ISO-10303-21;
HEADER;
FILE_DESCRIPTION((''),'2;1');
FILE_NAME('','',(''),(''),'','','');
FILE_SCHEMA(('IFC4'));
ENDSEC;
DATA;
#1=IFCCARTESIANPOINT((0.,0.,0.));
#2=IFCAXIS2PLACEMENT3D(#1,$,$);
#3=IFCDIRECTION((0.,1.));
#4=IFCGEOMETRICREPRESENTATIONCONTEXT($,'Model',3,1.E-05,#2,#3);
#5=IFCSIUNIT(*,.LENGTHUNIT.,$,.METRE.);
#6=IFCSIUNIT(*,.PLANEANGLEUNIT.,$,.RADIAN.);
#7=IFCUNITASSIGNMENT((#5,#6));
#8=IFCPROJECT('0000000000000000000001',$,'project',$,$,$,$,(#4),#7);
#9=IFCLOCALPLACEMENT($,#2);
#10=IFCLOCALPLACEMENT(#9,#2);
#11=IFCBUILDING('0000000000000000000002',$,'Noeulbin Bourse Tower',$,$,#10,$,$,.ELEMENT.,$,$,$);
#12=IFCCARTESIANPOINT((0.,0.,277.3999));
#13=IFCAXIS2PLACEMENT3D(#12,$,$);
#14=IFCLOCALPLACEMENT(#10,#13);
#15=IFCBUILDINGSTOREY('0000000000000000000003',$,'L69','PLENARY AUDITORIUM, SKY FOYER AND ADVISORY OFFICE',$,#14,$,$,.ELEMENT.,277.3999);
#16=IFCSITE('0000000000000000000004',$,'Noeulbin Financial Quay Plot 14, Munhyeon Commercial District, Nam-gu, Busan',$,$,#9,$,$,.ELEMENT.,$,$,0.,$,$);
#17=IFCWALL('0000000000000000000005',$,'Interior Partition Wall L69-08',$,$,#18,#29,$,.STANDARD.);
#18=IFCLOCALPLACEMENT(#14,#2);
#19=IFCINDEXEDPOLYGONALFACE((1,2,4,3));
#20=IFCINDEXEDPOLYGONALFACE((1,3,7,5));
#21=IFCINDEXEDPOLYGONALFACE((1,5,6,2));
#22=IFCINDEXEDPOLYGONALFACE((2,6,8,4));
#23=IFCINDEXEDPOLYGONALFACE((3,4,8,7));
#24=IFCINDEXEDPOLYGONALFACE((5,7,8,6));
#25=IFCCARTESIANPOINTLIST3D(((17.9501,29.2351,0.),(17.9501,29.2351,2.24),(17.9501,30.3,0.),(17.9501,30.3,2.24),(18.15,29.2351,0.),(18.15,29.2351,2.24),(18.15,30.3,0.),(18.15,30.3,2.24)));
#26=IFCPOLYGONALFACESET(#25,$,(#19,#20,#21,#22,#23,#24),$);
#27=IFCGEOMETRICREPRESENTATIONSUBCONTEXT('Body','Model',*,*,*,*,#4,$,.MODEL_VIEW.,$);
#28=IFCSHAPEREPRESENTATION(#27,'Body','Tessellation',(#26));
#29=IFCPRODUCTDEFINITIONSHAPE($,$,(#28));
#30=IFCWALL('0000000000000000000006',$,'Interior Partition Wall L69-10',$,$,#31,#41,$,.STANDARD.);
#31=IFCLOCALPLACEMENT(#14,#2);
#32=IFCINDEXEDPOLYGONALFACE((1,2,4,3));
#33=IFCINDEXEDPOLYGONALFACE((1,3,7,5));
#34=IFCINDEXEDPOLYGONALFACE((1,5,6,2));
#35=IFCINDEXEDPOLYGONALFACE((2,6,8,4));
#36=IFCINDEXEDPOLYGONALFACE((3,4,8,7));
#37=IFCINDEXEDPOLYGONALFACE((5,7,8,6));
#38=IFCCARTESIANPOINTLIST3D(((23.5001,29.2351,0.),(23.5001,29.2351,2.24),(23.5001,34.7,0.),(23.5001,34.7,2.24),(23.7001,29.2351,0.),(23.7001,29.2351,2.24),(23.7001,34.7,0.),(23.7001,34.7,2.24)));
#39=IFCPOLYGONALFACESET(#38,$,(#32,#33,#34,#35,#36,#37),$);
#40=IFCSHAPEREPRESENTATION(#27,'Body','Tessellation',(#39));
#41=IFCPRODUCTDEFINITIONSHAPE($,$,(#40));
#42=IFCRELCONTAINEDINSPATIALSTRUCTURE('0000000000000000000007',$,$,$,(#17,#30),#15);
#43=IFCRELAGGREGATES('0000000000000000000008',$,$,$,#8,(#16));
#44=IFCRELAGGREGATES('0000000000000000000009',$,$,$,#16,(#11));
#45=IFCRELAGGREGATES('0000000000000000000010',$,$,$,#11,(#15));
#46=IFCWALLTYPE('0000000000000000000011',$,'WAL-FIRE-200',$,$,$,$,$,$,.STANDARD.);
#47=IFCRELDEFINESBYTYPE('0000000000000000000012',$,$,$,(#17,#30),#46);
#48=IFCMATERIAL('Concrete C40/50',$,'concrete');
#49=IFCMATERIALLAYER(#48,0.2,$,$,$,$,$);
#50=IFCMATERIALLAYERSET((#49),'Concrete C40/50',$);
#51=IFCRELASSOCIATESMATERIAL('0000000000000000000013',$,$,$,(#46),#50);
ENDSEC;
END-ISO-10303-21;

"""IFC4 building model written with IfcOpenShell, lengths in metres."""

from ifc_helpers import new_model, si_unit, direction, frame, frame_2d, origin, place, context, subcontext, project, spatial, rectangle, extrude, material, layer, layer_set, type_object, element, save


model = new_model("IFC4")

# Units and contexts
model_context = context("Model", 3, precision=1e-05, world=origin(), true_north=direction((0.0, 1.0)))
body_context = subcontext(model_context, "Body", "Model", "MODEL_VIEW")
ifc_project = project(units=[si_unit("LENGTHUNIT", "METRE"), si_unit("PLANEANGLEUNIT", "RADIAN")], contexts=[model_context])

# Site, building, storey
site_placement = place(None, origin())
site = spatial("IfcSite", under=ifc_project, at=site_placement, Name="Noeulbin Financial Quay Plot 14, Munhyeon Commercial District, Nam-gu, Busan", CompositionType="ELEMENT", RefElevation=0.0)
building_placement = place(site_placement, origin())
building = spatial("IfcBuilding", under=site, at=building_placement, Name="Noeulbin Bourse Tower", CompositionType="ELEMENT")
storey_placement = place(building_placement, frame((0.0, 0.0, 277.3999)))
storey = spatial("IfcBuildingStorey", under=building, at=storey_placement, Name="L69", Description="PLENARY AUDITORIUM, SKY FOYER AND ADVISORY OFFICE", CompositionType="ELEMENT", Elevation=277.3999)

# Walls
ifc_material_1 = material(Name="Concrete C40/50", Category="concrete")
ifc_layer_1 = layer(ifc_material_1, 0.2)
ifc_layer_set_1 = layer_set([ifc_layer_1], Name="Concrete C40/50")
wall_type_1 = type_object("IfcWallType", Name="WAL-FIRE-200", PredefinedType="STANDARD", material=ifc_layer_set_1)
wall_1_placement = place(storey_placement, frame((18.05, 29.2351, 0.0), z_axis=(0.0, 0.0, 1.0), x_axis=(0.0, 1.0, 0.0)))
element("IfcWall", 1, at=wall_1_placement, inside=storey, type_object=wall_type_1, Name="Interior Partition Wall L69-08", PredefinedType="STANDARD", context=body_context, shape_type="SweptSolid", body=[
    extrude(rectangle(XDim=1.0649, YDim=0.2, at=frame_2d((0.5325, 0.0))), origin(), (0.0, 0.0, 1.0), 2.24),
])
wall_2_placement = place(storey_placement, frame((23.6001, 29.2351, 0.0), z_axis=(0.0, 0.0, 1.0), x_axis=(0.0, 1.0, 0.0)))
element("IfcWall", 2, at=wall_2_placement, inside=storey, type_object=wall_type_1, Name="Interior Partition Wall L69-10", PredefinedType="STANDARD", context=body_context, shape_type="SweptSolid", body=[
    extrude(rectangle(XDim=5.4648, YDim=0.2, at=frame_2d((2.7324, 0.0))), origin(), (0.0, 0.0, 1.0), 2.24),
])

save(model, "model.ifc")
